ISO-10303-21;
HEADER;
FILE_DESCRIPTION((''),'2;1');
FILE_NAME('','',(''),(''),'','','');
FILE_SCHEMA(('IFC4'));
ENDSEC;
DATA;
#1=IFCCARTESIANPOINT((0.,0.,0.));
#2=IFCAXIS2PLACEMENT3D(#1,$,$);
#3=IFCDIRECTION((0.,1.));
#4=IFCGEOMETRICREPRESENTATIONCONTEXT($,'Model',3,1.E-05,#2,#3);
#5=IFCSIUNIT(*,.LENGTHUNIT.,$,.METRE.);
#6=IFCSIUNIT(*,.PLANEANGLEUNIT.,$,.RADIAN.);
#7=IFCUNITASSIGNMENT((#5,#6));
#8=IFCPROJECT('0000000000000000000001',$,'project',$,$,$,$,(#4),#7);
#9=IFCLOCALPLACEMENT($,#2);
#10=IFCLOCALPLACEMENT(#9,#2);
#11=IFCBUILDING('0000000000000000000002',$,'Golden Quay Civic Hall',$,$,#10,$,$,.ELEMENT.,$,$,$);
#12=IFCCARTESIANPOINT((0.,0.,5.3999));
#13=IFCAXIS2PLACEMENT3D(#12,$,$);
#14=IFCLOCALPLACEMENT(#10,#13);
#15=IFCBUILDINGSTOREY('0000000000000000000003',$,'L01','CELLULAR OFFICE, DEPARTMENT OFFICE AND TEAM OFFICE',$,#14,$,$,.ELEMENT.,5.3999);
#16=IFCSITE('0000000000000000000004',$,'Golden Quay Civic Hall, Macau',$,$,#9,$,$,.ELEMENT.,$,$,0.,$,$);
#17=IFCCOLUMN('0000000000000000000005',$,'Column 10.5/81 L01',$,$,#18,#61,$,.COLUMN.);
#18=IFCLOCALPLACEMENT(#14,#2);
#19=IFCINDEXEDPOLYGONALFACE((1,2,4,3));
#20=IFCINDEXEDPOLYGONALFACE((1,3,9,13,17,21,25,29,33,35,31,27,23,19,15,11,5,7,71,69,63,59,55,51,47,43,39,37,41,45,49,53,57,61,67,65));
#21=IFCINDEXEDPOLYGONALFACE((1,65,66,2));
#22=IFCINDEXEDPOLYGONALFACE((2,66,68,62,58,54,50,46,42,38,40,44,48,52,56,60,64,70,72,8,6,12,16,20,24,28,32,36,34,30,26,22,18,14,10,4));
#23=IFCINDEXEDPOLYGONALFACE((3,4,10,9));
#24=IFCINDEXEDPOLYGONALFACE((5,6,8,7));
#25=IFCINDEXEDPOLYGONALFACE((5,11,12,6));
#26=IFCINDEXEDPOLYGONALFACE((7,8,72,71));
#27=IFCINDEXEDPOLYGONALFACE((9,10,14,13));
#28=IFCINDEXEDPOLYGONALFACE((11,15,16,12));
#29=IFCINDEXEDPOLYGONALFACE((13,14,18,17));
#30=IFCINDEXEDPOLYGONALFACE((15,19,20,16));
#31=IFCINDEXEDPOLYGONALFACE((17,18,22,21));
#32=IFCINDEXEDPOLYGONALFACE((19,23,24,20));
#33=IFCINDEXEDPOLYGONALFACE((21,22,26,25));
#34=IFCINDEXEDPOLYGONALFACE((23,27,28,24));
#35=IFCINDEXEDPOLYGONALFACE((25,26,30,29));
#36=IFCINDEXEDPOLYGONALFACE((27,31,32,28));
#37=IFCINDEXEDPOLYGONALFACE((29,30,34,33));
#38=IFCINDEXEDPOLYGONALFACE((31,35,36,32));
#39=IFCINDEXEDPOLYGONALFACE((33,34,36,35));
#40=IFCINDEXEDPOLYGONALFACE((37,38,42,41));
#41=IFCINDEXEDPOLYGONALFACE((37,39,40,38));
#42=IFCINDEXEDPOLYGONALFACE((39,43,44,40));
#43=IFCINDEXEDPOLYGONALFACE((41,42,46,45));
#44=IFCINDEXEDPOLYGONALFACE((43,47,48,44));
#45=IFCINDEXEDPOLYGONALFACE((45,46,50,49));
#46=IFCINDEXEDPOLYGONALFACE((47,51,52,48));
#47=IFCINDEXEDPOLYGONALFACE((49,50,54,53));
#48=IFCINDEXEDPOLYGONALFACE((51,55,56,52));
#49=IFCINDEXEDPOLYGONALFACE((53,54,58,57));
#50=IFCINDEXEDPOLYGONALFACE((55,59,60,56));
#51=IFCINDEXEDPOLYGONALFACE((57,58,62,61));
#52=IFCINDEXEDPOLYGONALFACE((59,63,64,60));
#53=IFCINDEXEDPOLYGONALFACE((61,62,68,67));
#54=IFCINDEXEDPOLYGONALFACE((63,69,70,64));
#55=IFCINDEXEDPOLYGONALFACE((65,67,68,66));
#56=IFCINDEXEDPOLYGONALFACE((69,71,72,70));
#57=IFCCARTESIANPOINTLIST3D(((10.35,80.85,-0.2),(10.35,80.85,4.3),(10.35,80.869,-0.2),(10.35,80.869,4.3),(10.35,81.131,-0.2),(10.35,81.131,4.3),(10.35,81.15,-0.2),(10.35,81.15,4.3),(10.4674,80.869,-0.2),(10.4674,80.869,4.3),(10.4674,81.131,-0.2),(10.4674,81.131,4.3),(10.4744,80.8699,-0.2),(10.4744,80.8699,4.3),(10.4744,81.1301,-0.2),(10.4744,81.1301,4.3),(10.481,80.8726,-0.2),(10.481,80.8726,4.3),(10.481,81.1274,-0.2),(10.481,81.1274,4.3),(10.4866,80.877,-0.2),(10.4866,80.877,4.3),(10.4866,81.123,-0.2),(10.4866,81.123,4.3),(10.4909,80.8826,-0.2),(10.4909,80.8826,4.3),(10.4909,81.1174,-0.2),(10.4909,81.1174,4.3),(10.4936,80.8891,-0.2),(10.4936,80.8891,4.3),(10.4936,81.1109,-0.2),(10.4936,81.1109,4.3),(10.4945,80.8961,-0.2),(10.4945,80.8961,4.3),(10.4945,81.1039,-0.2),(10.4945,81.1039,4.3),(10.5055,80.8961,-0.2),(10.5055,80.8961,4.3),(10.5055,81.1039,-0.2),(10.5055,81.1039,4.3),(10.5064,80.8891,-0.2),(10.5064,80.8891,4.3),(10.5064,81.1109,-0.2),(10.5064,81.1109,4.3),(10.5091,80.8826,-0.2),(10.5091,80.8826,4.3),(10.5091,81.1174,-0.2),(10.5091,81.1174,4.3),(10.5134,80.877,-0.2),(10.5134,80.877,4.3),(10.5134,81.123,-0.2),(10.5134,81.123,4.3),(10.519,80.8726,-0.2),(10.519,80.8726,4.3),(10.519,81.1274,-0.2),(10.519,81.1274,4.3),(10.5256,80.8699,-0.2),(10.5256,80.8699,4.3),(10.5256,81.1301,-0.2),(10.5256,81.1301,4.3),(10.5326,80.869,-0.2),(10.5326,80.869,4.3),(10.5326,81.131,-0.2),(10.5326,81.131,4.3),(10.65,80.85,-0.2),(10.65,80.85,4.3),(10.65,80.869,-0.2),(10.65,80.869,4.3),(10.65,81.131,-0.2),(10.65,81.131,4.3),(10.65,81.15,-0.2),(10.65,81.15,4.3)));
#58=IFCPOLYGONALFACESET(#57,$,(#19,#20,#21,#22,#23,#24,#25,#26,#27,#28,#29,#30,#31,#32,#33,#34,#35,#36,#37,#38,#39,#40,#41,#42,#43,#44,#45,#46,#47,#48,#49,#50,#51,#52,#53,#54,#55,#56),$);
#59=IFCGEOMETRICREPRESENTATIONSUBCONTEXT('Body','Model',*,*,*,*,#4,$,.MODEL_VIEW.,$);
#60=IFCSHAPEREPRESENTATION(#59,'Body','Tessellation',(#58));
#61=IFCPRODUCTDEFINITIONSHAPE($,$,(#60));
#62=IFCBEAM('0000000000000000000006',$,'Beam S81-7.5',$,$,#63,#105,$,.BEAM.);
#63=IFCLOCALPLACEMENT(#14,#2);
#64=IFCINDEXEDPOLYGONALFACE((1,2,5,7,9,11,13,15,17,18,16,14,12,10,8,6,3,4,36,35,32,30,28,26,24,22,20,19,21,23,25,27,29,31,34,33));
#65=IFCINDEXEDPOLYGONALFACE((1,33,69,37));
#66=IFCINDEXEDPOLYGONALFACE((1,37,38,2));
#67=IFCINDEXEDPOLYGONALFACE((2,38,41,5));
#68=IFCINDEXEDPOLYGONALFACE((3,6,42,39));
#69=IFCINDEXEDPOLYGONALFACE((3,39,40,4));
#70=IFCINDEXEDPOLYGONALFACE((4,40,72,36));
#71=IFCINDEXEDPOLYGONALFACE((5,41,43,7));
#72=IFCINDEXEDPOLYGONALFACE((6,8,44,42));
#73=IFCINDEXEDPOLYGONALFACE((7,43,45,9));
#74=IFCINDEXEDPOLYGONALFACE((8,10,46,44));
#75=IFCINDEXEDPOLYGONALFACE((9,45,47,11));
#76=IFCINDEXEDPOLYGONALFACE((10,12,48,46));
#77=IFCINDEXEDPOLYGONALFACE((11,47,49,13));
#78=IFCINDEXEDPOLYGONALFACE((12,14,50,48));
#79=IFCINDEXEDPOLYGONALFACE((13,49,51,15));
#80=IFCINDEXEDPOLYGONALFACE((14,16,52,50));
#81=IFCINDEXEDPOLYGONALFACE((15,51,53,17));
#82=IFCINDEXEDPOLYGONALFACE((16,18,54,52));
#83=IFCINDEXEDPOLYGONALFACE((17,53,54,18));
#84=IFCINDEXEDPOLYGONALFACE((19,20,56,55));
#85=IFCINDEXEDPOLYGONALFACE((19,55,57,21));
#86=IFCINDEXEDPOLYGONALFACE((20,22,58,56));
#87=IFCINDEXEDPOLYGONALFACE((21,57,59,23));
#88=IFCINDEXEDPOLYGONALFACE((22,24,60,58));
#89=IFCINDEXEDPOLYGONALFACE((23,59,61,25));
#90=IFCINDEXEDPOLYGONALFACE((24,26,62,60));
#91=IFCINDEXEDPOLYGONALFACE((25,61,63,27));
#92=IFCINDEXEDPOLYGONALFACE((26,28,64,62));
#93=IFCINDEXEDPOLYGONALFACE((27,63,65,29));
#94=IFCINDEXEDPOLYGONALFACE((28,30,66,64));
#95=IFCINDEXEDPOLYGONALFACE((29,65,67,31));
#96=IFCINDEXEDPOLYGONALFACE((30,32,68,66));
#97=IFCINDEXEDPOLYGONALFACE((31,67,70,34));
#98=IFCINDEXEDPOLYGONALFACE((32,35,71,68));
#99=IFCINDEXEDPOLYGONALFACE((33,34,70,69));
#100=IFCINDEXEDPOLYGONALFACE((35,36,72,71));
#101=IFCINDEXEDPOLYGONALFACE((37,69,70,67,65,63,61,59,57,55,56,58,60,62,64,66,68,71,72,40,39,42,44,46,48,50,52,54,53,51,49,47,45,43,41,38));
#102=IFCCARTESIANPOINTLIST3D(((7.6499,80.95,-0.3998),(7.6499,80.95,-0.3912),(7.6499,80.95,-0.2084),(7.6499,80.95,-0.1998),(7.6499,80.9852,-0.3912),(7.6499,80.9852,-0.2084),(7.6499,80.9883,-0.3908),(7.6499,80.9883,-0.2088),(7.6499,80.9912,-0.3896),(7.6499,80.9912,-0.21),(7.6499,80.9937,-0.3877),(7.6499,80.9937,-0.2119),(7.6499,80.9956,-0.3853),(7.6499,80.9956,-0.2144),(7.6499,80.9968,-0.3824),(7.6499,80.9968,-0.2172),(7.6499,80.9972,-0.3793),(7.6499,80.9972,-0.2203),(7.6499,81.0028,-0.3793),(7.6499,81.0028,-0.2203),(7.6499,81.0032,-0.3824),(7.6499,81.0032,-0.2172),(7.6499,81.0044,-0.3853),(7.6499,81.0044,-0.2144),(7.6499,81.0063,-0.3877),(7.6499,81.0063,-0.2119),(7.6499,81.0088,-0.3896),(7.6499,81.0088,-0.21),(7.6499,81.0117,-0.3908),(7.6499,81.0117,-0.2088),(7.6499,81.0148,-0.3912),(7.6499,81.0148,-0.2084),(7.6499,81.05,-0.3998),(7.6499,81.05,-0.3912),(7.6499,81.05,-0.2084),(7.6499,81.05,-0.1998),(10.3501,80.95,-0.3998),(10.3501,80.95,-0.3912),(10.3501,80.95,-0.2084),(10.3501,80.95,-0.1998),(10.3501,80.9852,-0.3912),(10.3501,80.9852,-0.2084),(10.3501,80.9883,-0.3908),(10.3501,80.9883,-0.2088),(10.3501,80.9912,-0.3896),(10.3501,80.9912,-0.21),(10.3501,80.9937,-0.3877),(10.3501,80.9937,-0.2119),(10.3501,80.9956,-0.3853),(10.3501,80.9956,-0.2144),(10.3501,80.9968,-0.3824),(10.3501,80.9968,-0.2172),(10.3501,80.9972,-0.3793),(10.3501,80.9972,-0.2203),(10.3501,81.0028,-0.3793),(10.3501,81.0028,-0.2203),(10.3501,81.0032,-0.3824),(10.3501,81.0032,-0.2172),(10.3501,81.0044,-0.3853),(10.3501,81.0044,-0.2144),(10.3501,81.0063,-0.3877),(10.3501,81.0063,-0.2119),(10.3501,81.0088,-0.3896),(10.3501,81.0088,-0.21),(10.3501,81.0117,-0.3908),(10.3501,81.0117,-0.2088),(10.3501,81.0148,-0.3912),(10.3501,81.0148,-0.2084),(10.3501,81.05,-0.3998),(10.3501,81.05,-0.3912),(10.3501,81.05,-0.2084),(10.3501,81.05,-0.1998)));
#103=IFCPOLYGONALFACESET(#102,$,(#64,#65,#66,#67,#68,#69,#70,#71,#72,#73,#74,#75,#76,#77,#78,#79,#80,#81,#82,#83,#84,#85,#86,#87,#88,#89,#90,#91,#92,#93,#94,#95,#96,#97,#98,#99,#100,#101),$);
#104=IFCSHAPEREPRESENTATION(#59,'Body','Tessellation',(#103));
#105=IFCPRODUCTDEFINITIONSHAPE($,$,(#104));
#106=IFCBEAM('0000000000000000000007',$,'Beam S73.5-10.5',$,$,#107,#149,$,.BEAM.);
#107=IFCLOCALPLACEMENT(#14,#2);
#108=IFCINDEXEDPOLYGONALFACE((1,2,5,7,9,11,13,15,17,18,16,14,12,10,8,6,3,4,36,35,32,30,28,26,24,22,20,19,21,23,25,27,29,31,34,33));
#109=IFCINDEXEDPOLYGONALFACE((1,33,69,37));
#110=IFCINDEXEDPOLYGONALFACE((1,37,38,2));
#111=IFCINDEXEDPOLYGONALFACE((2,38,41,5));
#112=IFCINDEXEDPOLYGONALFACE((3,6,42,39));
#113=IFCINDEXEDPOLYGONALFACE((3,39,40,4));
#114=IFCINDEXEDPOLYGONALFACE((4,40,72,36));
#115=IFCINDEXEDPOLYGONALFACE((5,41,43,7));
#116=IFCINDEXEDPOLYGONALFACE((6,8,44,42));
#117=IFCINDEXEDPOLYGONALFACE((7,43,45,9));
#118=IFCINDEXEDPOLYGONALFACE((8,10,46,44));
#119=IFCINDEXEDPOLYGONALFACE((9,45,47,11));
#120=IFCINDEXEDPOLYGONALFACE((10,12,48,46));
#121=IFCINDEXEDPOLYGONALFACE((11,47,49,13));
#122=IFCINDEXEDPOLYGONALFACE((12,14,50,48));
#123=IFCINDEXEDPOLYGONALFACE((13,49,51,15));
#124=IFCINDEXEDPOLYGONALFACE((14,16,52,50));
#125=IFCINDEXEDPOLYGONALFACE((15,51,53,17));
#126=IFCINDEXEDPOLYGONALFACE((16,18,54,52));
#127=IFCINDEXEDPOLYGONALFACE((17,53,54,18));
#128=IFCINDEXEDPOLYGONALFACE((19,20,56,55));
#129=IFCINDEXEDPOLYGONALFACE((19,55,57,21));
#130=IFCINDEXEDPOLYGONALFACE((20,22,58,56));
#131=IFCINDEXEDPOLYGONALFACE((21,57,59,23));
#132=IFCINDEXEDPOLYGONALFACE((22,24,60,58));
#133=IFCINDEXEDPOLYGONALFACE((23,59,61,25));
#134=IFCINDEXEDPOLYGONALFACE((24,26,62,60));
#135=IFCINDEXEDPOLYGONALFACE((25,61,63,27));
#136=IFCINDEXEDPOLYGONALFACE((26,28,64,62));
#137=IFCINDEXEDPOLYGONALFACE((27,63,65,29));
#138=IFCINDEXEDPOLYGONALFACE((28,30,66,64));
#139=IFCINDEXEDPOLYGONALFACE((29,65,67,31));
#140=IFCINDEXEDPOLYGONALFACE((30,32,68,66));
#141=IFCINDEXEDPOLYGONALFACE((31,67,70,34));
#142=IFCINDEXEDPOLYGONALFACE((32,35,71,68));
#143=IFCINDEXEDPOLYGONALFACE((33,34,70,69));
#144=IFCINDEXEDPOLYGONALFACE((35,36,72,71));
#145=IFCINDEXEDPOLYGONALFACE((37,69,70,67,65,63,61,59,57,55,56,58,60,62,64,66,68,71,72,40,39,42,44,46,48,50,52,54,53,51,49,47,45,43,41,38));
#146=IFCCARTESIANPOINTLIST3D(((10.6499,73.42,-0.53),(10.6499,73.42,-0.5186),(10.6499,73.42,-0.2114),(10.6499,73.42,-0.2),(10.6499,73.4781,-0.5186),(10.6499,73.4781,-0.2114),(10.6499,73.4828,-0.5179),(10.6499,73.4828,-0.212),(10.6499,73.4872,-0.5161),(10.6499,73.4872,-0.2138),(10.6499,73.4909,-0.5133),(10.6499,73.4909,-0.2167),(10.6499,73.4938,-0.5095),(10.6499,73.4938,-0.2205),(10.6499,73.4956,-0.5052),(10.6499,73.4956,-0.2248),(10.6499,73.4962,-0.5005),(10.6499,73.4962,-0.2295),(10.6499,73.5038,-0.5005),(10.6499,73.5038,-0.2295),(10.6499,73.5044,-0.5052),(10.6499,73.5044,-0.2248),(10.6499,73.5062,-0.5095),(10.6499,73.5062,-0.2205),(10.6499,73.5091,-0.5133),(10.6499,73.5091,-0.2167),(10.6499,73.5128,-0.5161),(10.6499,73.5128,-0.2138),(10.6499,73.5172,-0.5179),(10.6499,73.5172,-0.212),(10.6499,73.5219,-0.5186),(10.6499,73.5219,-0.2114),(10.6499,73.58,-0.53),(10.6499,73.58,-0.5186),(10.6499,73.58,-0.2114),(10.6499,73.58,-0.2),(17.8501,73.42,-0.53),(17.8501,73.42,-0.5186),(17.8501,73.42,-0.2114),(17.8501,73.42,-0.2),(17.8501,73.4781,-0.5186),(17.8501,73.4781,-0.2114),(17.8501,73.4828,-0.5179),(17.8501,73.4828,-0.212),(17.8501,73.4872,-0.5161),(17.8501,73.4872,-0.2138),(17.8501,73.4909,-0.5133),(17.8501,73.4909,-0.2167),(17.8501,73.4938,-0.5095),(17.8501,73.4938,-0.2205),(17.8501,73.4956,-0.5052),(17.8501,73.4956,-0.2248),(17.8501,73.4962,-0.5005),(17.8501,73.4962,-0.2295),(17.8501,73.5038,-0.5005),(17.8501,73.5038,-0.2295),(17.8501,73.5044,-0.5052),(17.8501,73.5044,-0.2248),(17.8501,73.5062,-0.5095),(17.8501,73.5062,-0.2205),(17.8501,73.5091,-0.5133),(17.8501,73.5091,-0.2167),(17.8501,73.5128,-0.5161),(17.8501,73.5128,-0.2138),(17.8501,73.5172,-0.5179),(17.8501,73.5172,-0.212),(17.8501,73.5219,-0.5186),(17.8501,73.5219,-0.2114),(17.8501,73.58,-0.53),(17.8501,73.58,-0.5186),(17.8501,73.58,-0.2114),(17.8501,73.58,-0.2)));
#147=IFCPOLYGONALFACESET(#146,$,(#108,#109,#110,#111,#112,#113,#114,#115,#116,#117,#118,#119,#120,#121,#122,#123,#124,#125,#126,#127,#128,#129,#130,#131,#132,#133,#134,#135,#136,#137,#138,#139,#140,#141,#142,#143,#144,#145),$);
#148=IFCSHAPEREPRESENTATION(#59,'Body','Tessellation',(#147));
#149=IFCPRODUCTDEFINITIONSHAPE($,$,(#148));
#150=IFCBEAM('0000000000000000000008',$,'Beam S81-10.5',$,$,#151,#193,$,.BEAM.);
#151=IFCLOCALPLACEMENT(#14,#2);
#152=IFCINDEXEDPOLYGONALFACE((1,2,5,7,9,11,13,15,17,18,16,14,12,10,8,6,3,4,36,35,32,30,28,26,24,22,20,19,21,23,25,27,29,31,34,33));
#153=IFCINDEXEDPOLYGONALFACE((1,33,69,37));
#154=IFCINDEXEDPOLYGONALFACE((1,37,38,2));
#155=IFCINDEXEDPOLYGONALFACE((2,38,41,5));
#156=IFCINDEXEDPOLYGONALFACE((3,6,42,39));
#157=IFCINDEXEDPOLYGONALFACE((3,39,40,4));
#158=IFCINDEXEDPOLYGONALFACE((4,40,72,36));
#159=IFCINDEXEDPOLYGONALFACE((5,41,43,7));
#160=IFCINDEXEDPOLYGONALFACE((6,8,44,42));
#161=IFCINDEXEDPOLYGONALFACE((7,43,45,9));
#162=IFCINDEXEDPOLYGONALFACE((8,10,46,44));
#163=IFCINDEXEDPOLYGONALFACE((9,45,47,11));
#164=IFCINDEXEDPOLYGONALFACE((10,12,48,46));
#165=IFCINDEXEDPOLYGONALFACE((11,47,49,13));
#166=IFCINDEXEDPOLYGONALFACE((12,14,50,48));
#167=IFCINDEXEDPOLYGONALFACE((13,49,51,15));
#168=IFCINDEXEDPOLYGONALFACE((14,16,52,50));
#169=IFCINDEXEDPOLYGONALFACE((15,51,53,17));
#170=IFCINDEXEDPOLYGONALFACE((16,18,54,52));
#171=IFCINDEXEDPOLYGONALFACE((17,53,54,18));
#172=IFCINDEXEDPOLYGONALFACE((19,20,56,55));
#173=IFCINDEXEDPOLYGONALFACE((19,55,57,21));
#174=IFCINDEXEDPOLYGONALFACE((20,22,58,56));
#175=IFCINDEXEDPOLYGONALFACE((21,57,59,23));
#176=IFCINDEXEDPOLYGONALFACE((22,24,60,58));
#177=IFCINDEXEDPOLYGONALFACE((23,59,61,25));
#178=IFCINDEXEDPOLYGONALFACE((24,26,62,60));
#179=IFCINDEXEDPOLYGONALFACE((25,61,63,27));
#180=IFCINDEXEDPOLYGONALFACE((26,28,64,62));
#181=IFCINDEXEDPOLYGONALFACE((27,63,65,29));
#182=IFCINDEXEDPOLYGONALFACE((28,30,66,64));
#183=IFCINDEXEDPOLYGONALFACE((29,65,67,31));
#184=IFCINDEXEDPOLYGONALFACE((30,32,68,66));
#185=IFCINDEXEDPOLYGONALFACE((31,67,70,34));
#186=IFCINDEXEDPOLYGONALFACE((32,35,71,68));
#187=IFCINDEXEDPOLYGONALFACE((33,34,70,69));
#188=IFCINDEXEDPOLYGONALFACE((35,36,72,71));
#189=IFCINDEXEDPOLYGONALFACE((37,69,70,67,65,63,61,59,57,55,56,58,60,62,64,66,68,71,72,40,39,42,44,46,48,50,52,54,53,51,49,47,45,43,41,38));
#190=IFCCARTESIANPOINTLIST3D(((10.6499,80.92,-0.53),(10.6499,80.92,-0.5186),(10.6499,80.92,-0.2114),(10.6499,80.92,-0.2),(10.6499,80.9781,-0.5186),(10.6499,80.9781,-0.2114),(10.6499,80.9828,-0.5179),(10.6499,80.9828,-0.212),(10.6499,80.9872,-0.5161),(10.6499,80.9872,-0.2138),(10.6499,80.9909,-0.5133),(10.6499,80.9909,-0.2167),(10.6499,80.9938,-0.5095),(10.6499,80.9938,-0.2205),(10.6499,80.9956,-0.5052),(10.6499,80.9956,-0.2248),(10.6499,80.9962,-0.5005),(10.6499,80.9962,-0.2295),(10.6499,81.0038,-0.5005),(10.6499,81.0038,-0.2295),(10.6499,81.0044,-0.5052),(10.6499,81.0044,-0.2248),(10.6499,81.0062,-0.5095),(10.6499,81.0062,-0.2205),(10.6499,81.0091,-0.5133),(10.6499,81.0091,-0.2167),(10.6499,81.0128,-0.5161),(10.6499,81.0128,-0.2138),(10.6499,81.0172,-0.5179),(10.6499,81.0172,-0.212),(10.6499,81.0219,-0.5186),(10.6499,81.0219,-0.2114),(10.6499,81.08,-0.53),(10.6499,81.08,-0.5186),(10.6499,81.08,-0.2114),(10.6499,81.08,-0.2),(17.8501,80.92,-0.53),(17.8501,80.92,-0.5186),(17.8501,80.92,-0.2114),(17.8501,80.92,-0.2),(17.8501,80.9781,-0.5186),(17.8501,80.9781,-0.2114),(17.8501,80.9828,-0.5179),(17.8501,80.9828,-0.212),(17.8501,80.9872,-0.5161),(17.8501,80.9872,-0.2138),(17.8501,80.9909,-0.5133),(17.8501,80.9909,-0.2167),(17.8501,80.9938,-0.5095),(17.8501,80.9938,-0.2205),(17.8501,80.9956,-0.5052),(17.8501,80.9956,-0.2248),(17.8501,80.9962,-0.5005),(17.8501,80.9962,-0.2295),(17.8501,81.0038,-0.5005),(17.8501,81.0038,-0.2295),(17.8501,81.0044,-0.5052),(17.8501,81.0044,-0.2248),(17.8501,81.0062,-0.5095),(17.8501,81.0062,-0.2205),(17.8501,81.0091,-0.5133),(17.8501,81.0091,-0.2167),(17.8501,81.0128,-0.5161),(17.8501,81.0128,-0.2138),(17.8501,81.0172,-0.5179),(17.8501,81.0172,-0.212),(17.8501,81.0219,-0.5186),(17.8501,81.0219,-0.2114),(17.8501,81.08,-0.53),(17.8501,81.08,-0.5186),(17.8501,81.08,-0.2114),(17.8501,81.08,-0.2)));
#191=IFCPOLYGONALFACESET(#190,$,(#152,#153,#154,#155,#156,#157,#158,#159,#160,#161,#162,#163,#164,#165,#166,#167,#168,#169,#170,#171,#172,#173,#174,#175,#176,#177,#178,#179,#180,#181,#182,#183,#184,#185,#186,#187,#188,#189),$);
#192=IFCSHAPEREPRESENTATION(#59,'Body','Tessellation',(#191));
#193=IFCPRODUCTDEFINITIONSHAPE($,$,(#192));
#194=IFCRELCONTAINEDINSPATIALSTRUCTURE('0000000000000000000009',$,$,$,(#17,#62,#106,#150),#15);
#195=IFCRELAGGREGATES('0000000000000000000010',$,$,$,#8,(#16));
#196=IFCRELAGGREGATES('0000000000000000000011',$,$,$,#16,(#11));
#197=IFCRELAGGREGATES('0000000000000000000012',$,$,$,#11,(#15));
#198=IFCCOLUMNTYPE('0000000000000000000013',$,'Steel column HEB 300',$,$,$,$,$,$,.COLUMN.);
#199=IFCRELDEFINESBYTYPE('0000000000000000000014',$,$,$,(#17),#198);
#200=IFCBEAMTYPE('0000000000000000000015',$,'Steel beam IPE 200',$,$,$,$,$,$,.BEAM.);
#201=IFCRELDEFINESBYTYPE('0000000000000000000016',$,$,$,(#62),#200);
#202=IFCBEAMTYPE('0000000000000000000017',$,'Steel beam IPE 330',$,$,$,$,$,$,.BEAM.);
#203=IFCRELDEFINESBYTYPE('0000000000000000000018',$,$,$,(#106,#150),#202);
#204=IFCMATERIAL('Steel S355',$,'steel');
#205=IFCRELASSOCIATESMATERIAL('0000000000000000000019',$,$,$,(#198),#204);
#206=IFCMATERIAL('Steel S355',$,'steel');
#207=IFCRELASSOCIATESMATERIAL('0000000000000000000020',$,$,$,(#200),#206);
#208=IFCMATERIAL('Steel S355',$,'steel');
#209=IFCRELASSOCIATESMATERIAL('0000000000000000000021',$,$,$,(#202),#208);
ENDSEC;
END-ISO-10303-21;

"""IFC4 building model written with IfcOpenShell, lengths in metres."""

from ifc_helpers import new_model, si_unit, direction, frame, origin, origin_2d, place, context, subcontext, project, spatial, i_section, extrude, material, material_profile, profile_set, type_object, element, save


model = new_model("IFC4")

# Units and contexts
model_context = context("Model", 3, precision=1e-05, world=origin(), true_north=direction((0.0, 1.0)))
body_context = subcontext(model_context, "Body", "Model", "MODEL_VIEW")
ifc_project = project(units=[si_unit("LENGTHUNIT", "METRE"), si_unit("PLANEANGLEUNIT", "RADIAN")], contexts=[model_context])

# Site, building, storey
site_placement = place(None, origin())
site = spatial("IfcSite", under=ifc_project, at=site_placement, Name="Golden Quay Civic Hall, Macau", CompositionType="ELEMENT", RefElevation=0.0)
building_placement = place(site_placement, origin())
building = spatial("IfcBuilding", under=site, at=building_placement, Name="Golden Quay Civic Hall", CompositionType="ELEMENT")
storey_placement = place(building_placement, frame((0.0, 0.0, 5.3999)))
storey = spatial("IfcBuildingStorey", under=building, at=storey_placement, Name="L01", Description="CELLULAR OFFICE, DEPARTMENT OFFICE AND TEAM OFFICE", CompositionType="ELEMENT", Elevation=5.3999)

# Column
ifc_material_1 = material(Name="Steel S355", Category="steel")
ifc_material_profile_1 = material_profile(ifc_material_1, i_section(OverallWidth=0.3, OverallDepth=0.3, WebThickness=0.011, FlangeThickness=0.019, FilletRadius=0.0271, at=origin_2d()), Name="HEB 300")
ifc_profile_set_1 = profile_set([ifc_material_profile_1], Name="Steel S355")
column_type = type_object("IfcColumnType", Name="Steel column HEB 300", PredefinedType="COLUMN", material=ifc_profile_set_1)
column_placement = place(storey_placement, frame((10.5, 81.0, -0.2), z_axis=(0.0, 0.0, 1.0), x_axis=(1.0, 0.0, 0.0)))
element("IfcColumn", 1, at=column_placement, inside=storey, type_object=column_type, Name="Column 10.5/81 L01", PredefinedType="COLUMN", context=body_context, shape_type="SweptSolid", body=[
    extrude(i_section(OverallWidth=0.3, OverallDepth=0.3, WebThickness=0.011, FlangeThickness=0.019, FilletRadius=0.0271, at=origin_2d()), origin(), (0.0, 0.0, 1.0), 4.5),
])

# Beams
ifc_material_2 = material(Name="Steel S355", Category="steel")
ifc_material_profile_2 = material_profile(ifc_material_2, i_section(OverallWidth=0.1001, OverallDepth=0.2, WebThickness=0.0056, FlangeThickness=0.0085, FilletRadius=0.012, at=origin_2d()), Name="IPE 200")
ifc_profile_set_2 = profile_set([ifc_material_profile_2], Name="Steel S355")
beam_type_1 = type_object("IfcBeamType", Name="Steel beam IPE 200", PredefinedType="BEAM", material=ifc_profile_set_2)
beam_1_placement = place(storey_placement, frame((7.6499, 81.0, -0.2998), z_axis=(1.0, 0.0, 0.0), x_axis=(0.0, 1.0, 0.0)))
element("IfcBeam", 2, at=beam_1_placement, inside=storey, type_object=beam_type_1, Name="Beam S81-7.5", PredefinedType="BEAM", context=body_context, shape_type="SweptSolid", body=[
    extrude(i_section(OverallWidth=0.1001, OverallDepth=0.2, WebThickness=0.0056, FlangeThickness=0.0085, FilletRadius=0.012, at=origin_2d()), origin(), (0.0, 0.0, 1.0), 2.7002),
])
ifc_material_3 = material(Name="Steel S355", Category="steel")
ifc_material_profile_3 = material_profile(ifc_material_3, i_section(OverallWidth=0.1599, OverallDepth=0.3301, WebThickness=0.0076, FlangeThickness=0.0115, FilletRadius=0.0181, at=origin_2d()), Name="IPE 330")
ifc_profile_set_3 = profile_set([ifc_material_profile_3], Name="Steel S355")
beam_type_2 = type_object("IfcBeamType", Name="Steel beam IPE 330", PredefinedType="BEAM", material=ifc_profile_set_3)
for number, where, z_axis, x_axis, name in (
    (3, (10.6499, 73.5, -0.365), (1.0, 0.0, 0.0), (0.0, 1.0, 0.0), "Beam S73.5-10.5"),
    (4, (10.6499, 81.0, -0.365), (1.0, 0.0, 0.0), (0.0, 1.0, 0.0), "Beam S81-10.5"),
):
    element("IfcBeam", number, at=place(storey_placement, frame(where, z_axis=z_axis, x_axis=x_axis)), inside=storey, type_object=beam_type_2, Name=name, PredefinedType="BEAM", context=body_context, shape_type="SweptSolid", body=[
        extrude(i_section(OverallWidth=0.1599, OverallDepth=0.3301, WebThickness=0.0076, FlangeThickness=0.0115, FilletRadius=0.0181, at=origin_2d()), origin(), (0.0, 0.0, 1.0), 7.2002),
    ])

save(model, "model.ifc")
